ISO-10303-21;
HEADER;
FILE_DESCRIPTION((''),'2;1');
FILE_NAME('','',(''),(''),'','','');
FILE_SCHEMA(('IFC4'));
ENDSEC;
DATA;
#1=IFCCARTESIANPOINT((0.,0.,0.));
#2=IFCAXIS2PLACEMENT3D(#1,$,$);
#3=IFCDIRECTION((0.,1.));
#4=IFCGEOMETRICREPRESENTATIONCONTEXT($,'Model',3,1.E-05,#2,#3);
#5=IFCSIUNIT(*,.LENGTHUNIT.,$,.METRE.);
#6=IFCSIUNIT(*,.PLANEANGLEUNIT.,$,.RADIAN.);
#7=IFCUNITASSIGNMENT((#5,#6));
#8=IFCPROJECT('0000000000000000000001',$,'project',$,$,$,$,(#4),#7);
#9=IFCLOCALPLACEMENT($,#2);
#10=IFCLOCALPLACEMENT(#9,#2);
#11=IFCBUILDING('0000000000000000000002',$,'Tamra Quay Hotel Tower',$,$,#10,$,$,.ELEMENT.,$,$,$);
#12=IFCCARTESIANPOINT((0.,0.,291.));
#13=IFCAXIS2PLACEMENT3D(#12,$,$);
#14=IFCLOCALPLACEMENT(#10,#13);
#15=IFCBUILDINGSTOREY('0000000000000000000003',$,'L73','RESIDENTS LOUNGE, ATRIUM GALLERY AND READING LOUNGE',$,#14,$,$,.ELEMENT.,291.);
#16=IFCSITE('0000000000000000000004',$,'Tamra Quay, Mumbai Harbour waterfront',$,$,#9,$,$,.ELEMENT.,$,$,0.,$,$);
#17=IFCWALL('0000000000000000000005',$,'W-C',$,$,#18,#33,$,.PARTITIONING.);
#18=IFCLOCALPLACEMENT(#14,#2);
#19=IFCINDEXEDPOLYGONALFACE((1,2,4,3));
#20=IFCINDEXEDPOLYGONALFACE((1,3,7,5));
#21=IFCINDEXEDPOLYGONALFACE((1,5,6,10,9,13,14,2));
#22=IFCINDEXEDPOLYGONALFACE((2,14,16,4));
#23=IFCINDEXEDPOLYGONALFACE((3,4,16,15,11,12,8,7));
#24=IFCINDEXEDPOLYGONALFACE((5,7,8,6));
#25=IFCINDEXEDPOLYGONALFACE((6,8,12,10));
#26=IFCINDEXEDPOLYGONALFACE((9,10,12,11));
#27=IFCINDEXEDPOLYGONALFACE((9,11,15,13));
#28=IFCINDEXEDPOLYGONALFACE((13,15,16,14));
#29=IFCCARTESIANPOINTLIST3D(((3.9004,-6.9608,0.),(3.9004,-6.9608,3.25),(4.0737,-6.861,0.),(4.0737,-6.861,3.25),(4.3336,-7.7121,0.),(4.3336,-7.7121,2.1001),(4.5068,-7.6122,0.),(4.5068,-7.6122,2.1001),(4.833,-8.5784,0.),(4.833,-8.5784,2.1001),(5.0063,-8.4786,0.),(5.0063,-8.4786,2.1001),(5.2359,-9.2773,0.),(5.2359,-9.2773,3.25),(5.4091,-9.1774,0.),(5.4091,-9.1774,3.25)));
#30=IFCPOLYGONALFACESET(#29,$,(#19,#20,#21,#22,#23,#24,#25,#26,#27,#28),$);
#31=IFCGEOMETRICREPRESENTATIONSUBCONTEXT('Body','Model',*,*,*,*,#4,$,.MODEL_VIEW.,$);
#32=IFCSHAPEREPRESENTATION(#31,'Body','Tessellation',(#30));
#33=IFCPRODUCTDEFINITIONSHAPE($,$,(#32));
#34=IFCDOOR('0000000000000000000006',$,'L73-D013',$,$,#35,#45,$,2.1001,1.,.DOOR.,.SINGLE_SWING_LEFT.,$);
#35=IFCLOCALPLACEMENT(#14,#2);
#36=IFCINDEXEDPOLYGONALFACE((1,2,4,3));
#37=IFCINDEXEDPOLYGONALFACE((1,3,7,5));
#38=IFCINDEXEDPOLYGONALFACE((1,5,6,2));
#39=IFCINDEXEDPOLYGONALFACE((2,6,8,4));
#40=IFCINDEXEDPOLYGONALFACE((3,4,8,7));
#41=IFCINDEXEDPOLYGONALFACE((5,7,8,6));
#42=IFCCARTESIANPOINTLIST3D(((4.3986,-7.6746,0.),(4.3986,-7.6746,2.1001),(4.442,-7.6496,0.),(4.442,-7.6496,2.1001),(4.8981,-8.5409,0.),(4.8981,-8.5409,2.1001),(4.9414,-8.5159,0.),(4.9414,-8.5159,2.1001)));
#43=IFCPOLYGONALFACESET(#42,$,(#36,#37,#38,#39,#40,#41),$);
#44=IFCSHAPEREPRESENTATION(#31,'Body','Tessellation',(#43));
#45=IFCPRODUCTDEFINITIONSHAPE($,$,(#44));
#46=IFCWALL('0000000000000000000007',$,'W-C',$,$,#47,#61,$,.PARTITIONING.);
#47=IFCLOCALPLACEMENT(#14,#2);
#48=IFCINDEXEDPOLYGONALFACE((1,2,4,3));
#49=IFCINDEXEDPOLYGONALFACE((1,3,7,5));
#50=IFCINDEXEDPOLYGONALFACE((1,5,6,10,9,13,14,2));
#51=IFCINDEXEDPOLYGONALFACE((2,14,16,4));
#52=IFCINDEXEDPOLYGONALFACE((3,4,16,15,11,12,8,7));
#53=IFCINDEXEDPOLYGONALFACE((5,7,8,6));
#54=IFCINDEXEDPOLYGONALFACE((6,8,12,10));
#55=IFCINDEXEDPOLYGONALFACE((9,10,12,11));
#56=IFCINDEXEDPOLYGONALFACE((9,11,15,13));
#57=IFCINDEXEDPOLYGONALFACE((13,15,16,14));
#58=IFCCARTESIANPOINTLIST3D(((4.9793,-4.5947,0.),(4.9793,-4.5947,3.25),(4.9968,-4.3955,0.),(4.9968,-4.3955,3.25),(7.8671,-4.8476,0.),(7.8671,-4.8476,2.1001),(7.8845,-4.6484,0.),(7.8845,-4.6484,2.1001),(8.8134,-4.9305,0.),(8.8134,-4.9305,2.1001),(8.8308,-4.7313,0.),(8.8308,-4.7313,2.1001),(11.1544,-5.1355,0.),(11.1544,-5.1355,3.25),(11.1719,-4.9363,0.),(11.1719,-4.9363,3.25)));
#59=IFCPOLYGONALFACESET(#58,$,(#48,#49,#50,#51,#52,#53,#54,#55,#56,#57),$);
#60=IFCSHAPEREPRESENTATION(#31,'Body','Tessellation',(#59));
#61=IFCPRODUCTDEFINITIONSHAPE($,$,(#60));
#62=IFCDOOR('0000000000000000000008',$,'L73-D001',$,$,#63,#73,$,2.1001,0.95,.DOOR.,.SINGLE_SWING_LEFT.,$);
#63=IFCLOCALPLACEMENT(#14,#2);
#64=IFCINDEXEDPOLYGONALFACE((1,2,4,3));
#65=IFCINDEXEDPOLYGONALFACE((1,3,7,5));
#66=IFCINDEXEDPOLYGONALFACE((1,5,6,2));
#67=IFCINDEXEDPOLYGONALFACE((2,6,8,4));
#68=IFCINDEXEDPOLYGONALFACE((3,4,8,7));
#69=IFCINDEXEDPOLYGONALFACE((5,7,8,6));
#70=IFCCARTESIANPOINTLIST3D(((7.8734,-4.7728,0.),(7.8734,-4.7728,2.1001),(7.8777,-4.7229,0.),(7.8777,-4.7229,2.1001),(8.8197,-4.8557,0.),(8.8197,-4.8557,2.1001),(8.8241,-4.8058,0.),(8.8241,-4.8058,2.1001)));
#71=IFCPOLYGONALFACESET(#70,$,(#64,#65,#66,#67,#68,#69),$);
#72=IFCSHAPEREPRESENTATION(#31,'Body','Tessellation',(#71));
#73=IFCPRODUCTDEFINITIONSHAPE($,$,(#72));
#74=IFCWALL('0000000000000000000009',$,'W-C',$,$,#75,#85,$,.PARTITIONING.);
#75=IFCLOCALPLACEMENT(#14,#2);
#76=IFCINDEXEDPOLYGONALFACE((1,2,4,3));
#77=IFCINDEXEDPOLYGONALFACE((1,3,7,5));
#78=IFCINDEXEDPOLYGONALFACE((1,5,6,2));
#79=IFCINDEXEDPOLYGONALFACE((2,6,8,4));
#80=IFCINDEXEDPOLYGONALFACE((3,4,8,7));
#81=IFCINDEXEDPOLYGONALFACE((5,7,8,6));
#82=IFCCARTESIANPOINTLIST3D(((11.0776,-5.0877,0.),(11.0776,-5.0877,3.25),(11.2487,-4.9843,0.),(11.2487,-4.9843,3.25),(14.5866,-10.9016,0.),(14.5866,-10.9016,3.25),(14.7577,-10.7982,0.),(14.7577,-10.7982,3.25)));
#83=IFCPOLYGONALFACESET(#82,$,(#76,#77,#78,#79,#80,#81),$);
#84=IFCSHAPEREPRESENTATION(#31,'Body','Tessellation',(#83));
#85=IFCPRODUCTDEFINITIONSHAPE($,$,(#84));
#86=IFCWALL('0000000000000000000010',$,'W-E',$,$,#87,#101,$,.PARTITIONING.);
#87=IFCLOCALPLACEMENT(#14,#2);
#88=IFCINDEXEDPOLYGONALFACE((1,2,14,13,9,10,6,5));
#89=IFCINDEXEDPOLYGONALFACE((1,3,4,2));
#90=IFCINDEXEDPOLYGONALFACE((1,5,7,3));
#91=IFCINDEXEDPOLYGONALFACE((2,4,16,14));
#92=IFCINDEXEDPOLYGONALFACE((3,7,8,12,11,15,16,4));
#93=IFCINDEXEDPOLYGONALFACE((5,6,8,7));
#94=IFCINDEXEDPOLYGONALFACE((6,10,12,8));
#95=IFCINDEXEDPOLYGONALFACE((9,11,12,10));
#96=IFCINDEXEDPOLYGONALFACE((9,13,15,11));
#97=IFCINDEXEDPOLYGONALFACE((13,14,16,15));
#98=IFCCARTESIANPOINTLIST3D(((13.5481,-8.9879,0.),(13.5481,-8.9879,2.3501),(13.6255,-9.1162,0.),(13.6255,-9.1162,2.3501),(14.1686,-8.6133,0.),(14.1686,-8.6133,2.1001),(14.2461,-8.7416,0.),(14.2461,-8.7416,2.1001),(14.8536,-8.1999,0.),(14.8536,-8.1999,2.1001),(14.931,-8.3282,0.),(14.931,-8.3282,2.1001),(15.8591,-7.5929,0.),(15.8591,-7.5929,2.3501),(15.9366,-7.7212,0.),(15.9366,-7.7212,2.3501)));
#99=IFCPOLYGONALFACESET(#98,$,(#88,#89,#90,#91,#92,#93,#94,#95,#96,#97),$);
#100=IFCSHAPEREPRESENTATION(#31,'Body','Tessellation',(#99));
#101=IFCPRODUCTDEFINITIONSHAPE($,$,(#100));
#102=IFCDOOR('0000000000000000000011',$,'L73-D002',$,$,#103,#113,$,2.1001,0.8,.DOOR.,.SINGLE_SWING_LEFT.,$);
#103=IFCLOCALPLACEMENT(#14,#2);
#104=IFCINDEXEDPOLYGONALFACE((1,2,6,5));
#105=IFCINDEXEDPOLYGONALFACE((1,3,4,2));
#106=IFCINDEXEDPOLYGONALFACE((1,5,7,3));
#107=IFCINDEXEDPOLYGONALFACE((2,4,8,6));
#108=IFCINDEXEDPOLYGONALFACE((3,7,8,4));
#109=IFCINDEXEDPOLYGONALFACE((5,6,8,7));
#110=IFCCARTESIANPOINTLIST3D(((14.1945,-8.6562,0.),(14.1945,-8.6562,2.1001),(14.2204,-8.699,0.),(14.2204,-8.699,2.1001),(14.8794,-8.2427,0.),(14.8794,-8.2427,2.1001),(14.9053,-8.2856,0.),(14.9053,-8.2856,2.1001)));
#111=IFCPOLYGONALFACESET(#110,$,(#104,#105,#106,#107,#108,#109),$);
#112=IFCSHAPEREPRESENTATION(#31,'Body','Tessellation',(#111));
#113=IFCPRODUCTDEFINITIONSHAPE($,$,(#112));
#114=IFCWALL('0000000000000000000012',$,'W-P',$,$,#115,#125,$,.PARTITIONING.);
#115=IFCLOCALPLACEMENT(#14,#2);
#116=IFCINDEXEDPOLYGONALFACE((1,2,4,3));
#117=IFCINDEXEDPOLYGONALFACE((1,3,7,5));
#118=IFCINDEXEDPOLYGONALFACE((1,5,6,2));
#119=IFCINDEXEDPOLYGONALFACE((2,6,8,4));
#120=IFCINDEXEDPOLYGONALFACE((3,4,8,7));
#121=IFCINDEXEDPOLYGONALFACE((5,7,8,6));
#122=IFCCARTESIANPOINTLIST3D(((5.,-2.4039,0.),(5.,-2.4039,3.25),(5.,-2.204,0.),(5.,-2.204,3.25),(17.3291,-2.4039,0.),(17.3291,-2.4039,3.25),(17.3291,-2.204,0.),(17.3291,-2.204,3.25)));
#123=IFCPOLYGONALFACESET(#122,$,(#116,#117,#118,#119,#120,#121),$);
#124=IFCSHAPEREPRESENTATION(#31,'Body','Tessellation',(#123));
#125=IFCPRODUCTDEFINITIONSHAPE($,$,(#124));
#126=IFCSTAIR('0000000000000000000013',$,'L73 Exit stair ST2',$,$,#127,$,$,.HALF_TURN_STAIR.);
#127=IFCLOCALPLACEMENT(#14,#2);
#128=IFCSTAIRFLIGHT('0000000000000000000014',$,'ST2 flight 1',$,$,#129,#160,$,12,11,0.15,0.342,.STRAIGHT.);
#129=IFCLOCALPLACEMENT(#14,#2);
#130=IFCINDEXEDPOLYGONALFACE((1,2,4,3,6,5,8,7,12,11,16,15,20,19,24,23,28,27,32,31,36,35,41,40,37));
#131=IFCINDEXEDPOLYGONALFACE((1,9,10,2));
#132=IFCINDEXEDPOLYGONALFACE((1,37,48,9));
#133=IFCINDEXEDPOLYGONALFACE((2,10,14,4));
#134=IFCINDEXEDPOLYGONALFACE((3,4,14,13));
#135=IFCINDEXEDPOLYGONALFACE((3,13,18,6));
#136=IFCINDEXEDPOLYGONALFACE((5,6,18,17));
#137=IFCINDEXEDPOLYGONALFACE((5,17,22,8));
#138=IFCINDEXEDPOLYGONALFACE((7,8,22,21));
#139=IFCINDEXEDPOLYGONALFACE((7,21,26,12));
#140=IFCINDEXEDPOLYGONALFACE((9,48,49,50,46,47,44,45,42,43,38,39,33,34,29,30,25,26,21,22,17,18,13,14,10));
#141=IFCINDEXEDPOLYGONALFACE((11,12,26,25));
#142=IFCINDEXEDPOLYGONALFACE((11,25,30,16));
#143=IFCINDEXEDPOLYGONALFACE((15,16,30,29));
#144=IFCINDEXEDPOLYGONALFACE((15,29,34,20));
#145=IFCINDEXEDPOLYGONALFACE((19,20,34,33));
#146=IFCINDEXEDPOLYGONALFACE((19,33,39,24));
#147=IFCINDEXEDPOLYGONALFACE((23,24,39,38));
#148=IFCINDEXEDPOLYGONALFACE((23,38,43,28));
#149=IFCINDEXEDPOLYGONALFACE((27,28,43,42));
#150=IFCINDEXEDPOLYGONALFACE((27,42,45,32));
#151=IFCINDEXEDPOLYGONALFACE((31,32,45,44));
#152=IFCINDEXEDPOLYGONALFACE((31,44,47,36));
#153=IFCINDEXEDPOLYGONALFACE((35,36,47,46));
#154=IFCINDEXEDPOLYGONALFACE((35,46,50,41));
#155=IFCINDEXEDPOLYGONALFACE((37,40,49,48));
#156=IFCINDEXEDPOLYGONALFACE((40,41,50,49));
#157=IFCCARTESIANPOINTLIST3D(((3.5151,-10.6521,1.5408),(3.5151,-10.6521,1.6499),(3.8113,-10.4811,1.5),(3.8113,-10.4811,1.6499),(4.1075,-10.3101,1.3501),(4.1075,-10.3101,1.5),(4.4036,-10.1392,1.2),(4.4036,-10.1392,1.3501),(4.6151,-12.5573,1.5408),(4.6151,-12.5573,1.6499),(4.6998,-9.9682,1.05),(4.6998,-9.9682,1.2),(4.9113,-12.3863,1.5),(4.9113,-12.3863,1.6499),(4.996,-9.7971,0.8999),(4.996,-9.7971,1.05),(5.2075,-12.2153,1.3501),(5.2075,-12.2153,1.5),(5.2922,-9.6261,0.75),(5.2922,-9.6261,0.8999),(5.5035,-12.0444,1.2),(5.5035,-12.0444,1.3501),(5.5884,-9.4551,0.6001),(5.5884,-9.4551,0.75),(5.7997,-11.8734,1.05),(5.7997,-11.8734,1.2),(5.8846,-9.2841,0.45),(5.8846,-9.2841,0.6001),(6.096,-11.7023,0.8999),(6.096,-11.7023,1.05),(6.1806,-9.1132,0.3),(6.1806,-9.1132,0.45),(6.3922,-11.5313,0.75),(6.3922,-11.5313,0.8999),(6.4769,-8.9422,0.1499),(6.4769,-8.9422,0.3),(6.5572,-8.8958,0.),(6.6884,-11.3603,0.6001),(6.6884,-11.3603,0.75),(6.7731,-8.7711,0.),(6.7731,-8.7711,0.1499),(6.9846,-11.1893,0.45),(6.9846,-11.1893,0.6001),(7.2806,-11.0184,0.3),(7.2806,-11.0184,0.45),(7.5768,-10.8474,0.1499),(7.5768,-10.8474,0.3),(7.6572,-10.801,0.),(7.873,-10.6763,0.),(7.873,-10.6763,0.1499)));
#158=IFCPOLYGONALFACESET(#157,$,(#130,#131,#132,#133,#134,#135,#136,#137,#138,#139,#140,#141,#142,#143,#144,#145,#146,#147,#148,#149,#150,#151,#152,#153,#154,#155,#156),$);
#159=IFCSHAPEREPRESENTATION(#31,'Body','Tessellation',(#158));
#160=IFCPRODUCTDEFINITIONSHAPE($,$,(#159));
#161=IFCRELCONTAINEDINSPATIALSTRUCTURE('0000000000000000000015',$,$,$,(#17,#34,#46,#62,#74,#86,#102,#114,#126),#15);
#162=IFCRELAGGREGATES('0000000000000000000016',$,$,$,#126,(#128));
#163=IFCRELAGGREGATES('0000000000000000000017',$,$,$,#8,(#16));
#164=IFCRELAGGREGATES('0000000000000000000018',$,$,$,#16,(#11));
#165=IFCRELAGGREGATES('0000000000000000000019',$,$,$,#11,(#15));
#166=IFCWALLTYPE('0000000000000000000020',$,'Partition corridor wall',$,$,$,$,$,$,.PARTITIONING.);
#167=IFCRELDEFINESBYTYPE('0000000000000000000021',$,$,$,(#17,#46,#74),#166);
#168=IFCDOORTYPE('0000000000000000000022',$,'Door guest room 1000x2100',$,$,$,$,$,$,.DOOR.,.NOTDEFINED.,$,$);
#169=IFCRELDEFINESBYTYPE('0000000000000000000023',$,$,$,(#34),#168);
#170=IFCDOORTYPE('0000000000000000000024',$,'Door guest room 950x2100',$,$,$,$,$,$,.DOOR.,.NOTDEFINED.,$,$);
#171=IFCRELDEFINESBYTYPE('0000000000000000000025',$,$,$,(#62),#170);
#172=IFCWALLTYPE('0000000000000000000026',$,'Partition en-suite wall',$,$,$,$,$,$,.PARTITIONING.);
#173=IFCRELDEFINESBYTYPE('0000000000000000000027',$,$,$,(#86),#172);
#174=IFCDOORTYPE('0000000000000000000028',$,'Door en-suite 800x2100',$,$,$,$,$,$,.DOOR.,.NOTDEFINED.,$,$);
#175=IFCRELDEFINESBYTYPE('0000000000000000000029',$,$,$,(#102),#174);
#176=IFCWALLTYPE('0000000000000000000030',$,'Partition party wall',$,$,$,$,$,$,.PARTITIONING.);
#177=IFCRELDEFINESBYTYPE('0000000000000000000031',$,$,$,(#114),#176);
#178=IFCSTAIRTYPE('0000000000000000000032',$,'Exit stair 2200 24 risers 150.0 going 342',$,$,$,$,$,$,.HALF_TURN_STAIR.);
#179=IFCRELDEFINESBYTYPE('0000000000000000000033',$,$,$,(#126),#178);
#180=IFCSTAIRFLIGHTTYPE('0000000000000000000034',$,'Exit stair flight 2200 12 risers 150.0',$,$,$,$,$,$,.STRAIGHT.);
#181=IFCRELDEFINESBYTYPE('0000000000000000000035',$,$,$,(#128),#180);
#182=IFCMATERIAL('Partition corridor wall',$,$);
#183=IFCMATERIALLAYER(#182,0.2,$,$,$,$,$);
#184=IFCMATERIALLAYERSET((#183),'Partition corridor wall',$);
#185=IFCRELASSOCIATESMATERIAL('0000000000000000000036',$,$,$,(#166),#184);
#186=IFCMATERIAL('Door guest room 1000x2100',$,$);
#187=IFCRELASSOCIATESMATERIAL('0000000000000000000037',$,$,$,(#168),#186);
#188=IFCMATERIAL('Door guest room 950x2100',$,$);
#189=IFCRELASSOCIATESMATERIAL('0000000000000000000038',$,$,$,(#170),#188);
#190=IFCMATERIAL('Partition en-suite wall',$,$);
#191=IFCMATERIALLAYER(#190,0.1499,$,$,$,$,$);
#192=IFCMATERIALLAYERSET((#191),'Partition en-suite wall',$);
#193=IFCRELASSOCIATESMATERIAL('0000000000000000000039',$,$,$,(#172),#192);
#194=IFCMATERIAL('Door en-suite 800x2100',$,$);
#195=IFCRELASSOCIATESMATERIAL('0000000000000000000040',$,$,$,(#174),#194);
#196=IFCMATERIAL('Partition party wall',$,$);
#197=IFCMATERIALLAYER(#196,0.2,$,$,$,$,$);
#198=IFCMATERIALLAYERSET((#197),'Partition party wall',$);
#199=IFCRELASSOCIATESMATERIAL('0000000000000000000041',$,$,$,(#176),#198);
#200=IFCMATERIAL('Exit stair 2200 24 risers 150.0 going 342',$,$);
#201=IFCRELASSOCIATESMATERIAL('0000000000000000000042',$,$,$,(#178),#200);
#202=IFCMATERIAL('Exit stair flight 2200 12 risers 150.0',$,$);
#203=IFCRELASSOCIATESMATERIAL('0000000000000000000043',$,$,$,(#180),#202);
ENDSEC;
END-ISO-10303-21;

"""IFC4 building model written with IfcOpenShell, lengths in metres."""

from ifc_helpers import new_model, si_unit, direction, frame, frame_2d, origin, place, context, subcontext, project, spatial, polyline, rectangle, outline, extrude, material, layer, layer_set, type_object, element, fill, aggregate, save


model = new_model("IFC4")

# Units and contexts
model_context = context("Model", 3, precision=1e-05, world=origin(), true_north=direction((0.0, 1.0)))
body_context = subcontext(model_context, "Body", "Model", "MODEL_VIEW")
ifc_project = project(units=[si_unit("LENGTHUNIT", "METRE"), si_unit("PLANEANGLEUNIT", "RADIAN")], contexts=[model_context])

# Site, building, storey
site_placement = place(None, origin())
site = spatial("IfcSite", under=ifc_project, at=site_placement, Name="Tamra Quay, Mumbai Harbour waterfront", CompositionType="ELEMENT", RefElevation=0.0)
building_placement = place(site_placement, origin())
building = spatial("IfcBuilding", under=site, at=building_placement, Name="Tamra Quay Hotel Tower", CompositionType="ELEMENT")
storey_placement = place(building_placement, frame((0.0, 0.0, 291.0)))
storey = spatial("IfcBuildingStorey", under=building, at=storey_placement, Name="L73", Description="RESIDENTS LOUNGE, ATRIUM GALLERY AND READING LOUNGE", CompositionType="ELEMENT", Elevation=291.0)

# Shared definitions
ifc_material_1 = material(Name="Partition corridor wall")
ifc_layer_1 = layer(ifc_material_1, 0.2)
ifc_layer_set_1 = layer_set([ifc_layer_1], Name="Partition corridor wall")
wall_type_1 = type_object("IfcWallType", Name="Partition corridor wall", PredefinedType="PARTITIONING", material=ifc_layer_set_1)

# Walls, openings, doors
wall_1_placement = place(storey_placement, frame((3.9871, -6.9109, 0.0), z_axis=(0.0, 0.0, 1.0), x_axis=(0.499459, -0.866338, 0.0)))
wall_1 = element("IfcWall", 1, at=wall_1_placement, inside=storey, type_object=wall_type_1, Name="W-C", PredefinedType="PARTITIONING", context=body_context, shape_type="SweptSolid", body=[
    extrude(rectangle(XDim=2.6738, YDim=0.2, at=frame_2d((1.3369, 0.0))), origin(), (0.0, 0.0, 1.0), 3.25),
])
opening_1_placement = place(wall_1_placement, frame((0.8672, 0.0, 0.0)))
opening_1 = element("IfcOpeningElement", 2, at=opening_1_placement, cuts=wall_1, PredefinedType="OPENING", context=body_context, shape_type="SweptSolid", body=[
    extrude(rectangle(XDim=1.0, YDim=2.1001, at=frame_2d((0.5, 1.05))), frame((0.0, 0.1099, 0.0), z_axis=(0.0, -1.0, 0.0), x_axis=(1.0, 0.0, 0.0)), (0.0, 0.0, 1.0), 0.22),
])
ifc_material_2 = material(Name="Door guest room 1000x2100")
door_type_1 = type_object("IfcDoorType", Name="Door guest room 1000x2100", OperationType="NOTDEFINED", PredefinedType="DOOR", material=ifc_material_2)
door_1_placement = place(opening_1_placement, frame((1.0, 0.0, 0.0), z_axis=(0.0, 0.0, 1.0), x_axis=(-1.0, 0.0, 0.0)))
door_1 = element("IfcDoor", 3, at=door_1_placement, inside=storey, type_object=door_type_1, Name="L73-D013", OperationType="SINGLE_SWING_LEFT", OverallHeight=2.1001, OverallWidth=1.0, PredefinedType="DOOR", context=body_context, shape_type="SweptSolid", body=[
    extrude(rectangle(XDim=1.0, YDim=2.1001, at=frame_2d((0.5, 1.05))), frame((0.0, 0.0249, 0.0), z_axis=(0.0, -1.0, 0.0), x_axis=(1.0, 0.0, 0.0)), (0.0, 0.0, 1.0), 0.05),
])
fill(opening_1, door_1)
wall_2_placement = place(storey_placement, frame((4.988, -4.4951, 0.0), z_axis=(0.0, 0.0, 1.0), x_axis=(0.996187, -0.08724, 0.0)))
wall_2 = element("IfcWall", 4, at=wall_2_placement, inside=storey, type_object=wall_type_1, Name="W-C", PredefinedType="PARTITIONING", context=body_context, shape_type="SweptSolid", body=[
    extrude(rectangle(XDim=6.1987, YDim=0.2, at=frame_2d((3.0994, 0.0))), origin(), (0.0, 0.0, 1.0), 3.25),
])
opening_2_placement = place(wall_2_placement, frame((2.8987, 0.0, 0.0)))
opening_2 = element("IfcOpeningElement", 5, at=opening_2_placement, cuts=wall_2, PredefinedType="OPENING", context=body_context, shape_type="SweptSolid", body=[
    extrude(rectangle(XDim=0.95, YDim=2.1001, at=frame_2d((0.4751, 1.05))), frame((0.0, 0.1099, 0.0), z_axis=(0.0, -1.0, 0.0), x_axis=(1.0, 0.0, 0.0)), (0.0, 0.0, 1.0), 0.22),
])
ifc_material_3 = material(Name="Door guest room 950x2100")
door_type_2 = type_object("IfcDoorType", Name="Door guest room 950x2100", OperationType="NOTDEFINED", PredefinedType="DOOR", material=ifc_material_3)
door_2_placement = place(opening_2_placement, frame((0.95, 0.0, 0.0), z_axis=(0.0, 0.0, 1.0), x_axis=(-1.0, 0.0, 0.0)))
door_2 = element("IfcDoor", 6, at=door_2_placement, inside=storey, type_object=door_type_2, Name="L73-D001", OperationType="SINGLE_SWING_LEFT", OverallHeight=2.1001, OverallWidth=0.95, PredefinedType="DOOR", context=body_context, shape_type="SweptSolid", body=[
    extrude(rectangle(XDim=0.95, YDim=2.1001, at=frame_2d((0.4751, 1.05))), frame((0.0, 0.0249, 0.0), z_axis=(0.0, -1.0, 0.0), x_axis=(1.0, 0.0, 0.0)), (0.0, 0.0, 1.0), 0.05),
])
fill(opening_2, door_2)

# Wall
wall_3_placement = place(storey_placement, frame((11.1631, -5.0359, 0.0), z_axis=(0.0, 0.0, 1.0), x_axis=(0.51673, -0.856148, 0.0)))
element("IfcWall", 7, at=wall_3_placement, inside=storey, type_object=wall_type_1, Name="W-C", PredefinedType="PARTITIONING", context=body_context, shape_type="SweptSolid", body=[
    extrude(rectangle(XDim=6.7908, YDim=0.2, at=frame_2d((3.3955, 0.0))), origin(), (0.0, 0.0, 1.0), 3.25),
])

# Wall, opening, door
ifc_material_4 = material(Name="Partition en-suite wall")
ifc_layer_2 = layer(ifc_material_4, 0.1499)
ifc_layer_set_2 = layer_set([ifc_layer_2], Name="Partition en-suite wall")
wall_type_2 = type_object("IfcWallType", Name="Partition en-suite wall", PredefinedType="PARTITIONING", material=ifc_layer_set_2)
wall_4_placement = place(storey_placement, frame((13.5869, -9.052, 0.0), z_axis=(0.0, 0.0, 1.0), x_axis=(0.856117, 0.516782, 0.0)))
wall_4 = element("IfcWall", 8, at=wall_4_placement, inside=storey, type_object=wall_type_2, Name="W-E", PredefinedType="PARTITIONING", context=body_context, shape_type="SweptSolid", body=[
    extrude(rectangle(XDim=2.6995, YDim=0.1499, at=frame_2d((1.3496, 0.0))), origin(), (0.0, 0.0, 1.0), 2.3501),
])
opening_3_placement = place(wall_4_placement, frame((0.7249, 0.0, 0.0)))
opening_3 = element("IfcOpeningElement", 9, at=opening_3_placement, cuts=wall_4, PredefinedType="OPENING", context=body_context, shape_type="SweptSolid", body=[
    extrude(rectangle(XDim=0.8, YDim=2.1001, at=frame_2d((0.3999, 1.05))), frame((0.0, 0.085, 0.0), z_axis=(0.0, -1.0, 0.0), x_axis=(1.0, 0.0, 0.0)), (0.0, 0.0, 1.0), 0.1699),
])
ifc_material_5 = material(Name="Door en-suite 800x2100")
door_type_3 = type_object("IfcDoorType", Name="Door en-suite 800x2100", OperationType="NOTDEFINED", PredefinedType="DOOR", material=ifc_material_5)
door_3_placement = place(opening_3_placement, origin())
door_3 = element("IfcDoor", 10, at=door_3_placement, inside=storey, type_object=door_type_3, Name="L73-D002", OperationType="SINGLE_SWING_LEFT", OverallHeight=2.1001, OverallWidth=0.8, PredefinedType="DOOR", context=body_context, shape_type="SweptSolid", body=[
    extrude(rectangle(XDim=0.8, YDim=2.1001, at=frame_2d((0.3999, 1.05))), frame((0.0, 0.0249, 0.0), z_axis=(0.0, -1.0, 0.0), x_axis=(1.0, 0.0, 0.0)), (0.0, 0.0, 1.0), 0.05),
])
fill(opening_3, door_3)

# Wall
ifc_material_6 = material(Name="Partition party wall")
ifc_layer_3 = layer(ifc_material_6, 0.2)
ifc_layer_set_3 = layer_set([ifc_layer_3], Name="Partition party wall")
wall_type_3 = type_object("IfcWallType", Name="Partition party wall", PredefinedType="PARTITIONING", material=ifc_layer_set_3)
wall_5_placement = place(storey_placement, frame((5.0, -2.304, 0.0), z_axis=(0.0, 0.0, 1.0), x_axis=(1.0, 0.0, 0.0)))
element("IfcWall", 11, at=wall_5_placement, inside=storey, type_object=wall_type_3, Name="W-P", PredefinedType="PARTITIONING", context=body_context, shape_type="SweptSolid", body=[
    extrude(rectangle(XDim=12.3291, YDim=0.2, at=frame_2d((6.1646, 0.0))), origin(), (0.0, 0.0, 1.0), 3.25),
])

# Stair, stair flight
ifc_material_7 = material(Name="Exit stair 2200 24 risers 150.0 going 342")
stair_type = type_object("IfcStairType", Name="Exit stair 2200 24 risers 150.0 going 342", PredefinedType="HALF_TURN_STAIR", material=ifc_material_7)
stair_placement = place(storey_placement, origin())
stair = element("IfcStair", 12, at=stair_placement, inside=storey, type_object=stair_type, Name="L73 Exit stair ST2", PredefinedType="HALF_TURN_STAIR")
ifc_material_8 = material(Name="Exit stair flight 2200 12 risers 150.0")
stair_flight_type = type_object("IfcStairFlightType", Name="Exit stair flight 2200 12 risers 150.0", PredefinedType="STRAIGHT", material=ifc_material_8)
stair_flight_1_placement = place(storey_placement, frame((7.323, -9.7236, 0.0), z_axis=(0.0, 0.0, 1.0), x_axis=(-0.866025, -0.5, 0.0)))
stair_flight_1 = element("IfcStairFlight", 13, at=stair_flight_1_placement, type_object=stair_flight_type, Name="ST2 flight 1", NumberOfRisers=12, NumberOfTreads=11, PredefinedType="STRAIGHT", RiserHeight=0.15, TreadLength=0.342, context=body_context, shape_type="SweptSolid", body=[
    extrude(outline(polyline([(0.0, 0.0), (0.0, 0.1499), (0.342, 0.1499), (0.342, 0.3), (0.6841, 0.3), (0.6841, 0.45), (1.0259, 0.45), (1.0259, 0.6001), (1.3679, 0.6001), (1.3679, 0.75), (1.71, 0.75), (1.71, 0.8999), (2.052, 0.8999), (2.052, 1.05), (2.394, 1.05), (2.394, 1.2), (2.7361, 1.2), (2.7361, 1.3501), (3.0779, 1.3501), (3.0779, 1.5), (3.4199, 1.5), (3.4199, 1.6499), (3.762, 1.6499), (3.762, 1.8), (3.762, 1.5408), (0.2493, 0.0), (0.0, 0.0)])), frame((0.0, 1.1001, 0.0), z_axis=(0.0, -1.0, 0.0), x_axis=(1.0, 0.0, 0.0)), (0.0, 0.0, 1.0), 2.2),
])
aggregate(stair, [stair_flight_1])

save(model, "model.ifc")
